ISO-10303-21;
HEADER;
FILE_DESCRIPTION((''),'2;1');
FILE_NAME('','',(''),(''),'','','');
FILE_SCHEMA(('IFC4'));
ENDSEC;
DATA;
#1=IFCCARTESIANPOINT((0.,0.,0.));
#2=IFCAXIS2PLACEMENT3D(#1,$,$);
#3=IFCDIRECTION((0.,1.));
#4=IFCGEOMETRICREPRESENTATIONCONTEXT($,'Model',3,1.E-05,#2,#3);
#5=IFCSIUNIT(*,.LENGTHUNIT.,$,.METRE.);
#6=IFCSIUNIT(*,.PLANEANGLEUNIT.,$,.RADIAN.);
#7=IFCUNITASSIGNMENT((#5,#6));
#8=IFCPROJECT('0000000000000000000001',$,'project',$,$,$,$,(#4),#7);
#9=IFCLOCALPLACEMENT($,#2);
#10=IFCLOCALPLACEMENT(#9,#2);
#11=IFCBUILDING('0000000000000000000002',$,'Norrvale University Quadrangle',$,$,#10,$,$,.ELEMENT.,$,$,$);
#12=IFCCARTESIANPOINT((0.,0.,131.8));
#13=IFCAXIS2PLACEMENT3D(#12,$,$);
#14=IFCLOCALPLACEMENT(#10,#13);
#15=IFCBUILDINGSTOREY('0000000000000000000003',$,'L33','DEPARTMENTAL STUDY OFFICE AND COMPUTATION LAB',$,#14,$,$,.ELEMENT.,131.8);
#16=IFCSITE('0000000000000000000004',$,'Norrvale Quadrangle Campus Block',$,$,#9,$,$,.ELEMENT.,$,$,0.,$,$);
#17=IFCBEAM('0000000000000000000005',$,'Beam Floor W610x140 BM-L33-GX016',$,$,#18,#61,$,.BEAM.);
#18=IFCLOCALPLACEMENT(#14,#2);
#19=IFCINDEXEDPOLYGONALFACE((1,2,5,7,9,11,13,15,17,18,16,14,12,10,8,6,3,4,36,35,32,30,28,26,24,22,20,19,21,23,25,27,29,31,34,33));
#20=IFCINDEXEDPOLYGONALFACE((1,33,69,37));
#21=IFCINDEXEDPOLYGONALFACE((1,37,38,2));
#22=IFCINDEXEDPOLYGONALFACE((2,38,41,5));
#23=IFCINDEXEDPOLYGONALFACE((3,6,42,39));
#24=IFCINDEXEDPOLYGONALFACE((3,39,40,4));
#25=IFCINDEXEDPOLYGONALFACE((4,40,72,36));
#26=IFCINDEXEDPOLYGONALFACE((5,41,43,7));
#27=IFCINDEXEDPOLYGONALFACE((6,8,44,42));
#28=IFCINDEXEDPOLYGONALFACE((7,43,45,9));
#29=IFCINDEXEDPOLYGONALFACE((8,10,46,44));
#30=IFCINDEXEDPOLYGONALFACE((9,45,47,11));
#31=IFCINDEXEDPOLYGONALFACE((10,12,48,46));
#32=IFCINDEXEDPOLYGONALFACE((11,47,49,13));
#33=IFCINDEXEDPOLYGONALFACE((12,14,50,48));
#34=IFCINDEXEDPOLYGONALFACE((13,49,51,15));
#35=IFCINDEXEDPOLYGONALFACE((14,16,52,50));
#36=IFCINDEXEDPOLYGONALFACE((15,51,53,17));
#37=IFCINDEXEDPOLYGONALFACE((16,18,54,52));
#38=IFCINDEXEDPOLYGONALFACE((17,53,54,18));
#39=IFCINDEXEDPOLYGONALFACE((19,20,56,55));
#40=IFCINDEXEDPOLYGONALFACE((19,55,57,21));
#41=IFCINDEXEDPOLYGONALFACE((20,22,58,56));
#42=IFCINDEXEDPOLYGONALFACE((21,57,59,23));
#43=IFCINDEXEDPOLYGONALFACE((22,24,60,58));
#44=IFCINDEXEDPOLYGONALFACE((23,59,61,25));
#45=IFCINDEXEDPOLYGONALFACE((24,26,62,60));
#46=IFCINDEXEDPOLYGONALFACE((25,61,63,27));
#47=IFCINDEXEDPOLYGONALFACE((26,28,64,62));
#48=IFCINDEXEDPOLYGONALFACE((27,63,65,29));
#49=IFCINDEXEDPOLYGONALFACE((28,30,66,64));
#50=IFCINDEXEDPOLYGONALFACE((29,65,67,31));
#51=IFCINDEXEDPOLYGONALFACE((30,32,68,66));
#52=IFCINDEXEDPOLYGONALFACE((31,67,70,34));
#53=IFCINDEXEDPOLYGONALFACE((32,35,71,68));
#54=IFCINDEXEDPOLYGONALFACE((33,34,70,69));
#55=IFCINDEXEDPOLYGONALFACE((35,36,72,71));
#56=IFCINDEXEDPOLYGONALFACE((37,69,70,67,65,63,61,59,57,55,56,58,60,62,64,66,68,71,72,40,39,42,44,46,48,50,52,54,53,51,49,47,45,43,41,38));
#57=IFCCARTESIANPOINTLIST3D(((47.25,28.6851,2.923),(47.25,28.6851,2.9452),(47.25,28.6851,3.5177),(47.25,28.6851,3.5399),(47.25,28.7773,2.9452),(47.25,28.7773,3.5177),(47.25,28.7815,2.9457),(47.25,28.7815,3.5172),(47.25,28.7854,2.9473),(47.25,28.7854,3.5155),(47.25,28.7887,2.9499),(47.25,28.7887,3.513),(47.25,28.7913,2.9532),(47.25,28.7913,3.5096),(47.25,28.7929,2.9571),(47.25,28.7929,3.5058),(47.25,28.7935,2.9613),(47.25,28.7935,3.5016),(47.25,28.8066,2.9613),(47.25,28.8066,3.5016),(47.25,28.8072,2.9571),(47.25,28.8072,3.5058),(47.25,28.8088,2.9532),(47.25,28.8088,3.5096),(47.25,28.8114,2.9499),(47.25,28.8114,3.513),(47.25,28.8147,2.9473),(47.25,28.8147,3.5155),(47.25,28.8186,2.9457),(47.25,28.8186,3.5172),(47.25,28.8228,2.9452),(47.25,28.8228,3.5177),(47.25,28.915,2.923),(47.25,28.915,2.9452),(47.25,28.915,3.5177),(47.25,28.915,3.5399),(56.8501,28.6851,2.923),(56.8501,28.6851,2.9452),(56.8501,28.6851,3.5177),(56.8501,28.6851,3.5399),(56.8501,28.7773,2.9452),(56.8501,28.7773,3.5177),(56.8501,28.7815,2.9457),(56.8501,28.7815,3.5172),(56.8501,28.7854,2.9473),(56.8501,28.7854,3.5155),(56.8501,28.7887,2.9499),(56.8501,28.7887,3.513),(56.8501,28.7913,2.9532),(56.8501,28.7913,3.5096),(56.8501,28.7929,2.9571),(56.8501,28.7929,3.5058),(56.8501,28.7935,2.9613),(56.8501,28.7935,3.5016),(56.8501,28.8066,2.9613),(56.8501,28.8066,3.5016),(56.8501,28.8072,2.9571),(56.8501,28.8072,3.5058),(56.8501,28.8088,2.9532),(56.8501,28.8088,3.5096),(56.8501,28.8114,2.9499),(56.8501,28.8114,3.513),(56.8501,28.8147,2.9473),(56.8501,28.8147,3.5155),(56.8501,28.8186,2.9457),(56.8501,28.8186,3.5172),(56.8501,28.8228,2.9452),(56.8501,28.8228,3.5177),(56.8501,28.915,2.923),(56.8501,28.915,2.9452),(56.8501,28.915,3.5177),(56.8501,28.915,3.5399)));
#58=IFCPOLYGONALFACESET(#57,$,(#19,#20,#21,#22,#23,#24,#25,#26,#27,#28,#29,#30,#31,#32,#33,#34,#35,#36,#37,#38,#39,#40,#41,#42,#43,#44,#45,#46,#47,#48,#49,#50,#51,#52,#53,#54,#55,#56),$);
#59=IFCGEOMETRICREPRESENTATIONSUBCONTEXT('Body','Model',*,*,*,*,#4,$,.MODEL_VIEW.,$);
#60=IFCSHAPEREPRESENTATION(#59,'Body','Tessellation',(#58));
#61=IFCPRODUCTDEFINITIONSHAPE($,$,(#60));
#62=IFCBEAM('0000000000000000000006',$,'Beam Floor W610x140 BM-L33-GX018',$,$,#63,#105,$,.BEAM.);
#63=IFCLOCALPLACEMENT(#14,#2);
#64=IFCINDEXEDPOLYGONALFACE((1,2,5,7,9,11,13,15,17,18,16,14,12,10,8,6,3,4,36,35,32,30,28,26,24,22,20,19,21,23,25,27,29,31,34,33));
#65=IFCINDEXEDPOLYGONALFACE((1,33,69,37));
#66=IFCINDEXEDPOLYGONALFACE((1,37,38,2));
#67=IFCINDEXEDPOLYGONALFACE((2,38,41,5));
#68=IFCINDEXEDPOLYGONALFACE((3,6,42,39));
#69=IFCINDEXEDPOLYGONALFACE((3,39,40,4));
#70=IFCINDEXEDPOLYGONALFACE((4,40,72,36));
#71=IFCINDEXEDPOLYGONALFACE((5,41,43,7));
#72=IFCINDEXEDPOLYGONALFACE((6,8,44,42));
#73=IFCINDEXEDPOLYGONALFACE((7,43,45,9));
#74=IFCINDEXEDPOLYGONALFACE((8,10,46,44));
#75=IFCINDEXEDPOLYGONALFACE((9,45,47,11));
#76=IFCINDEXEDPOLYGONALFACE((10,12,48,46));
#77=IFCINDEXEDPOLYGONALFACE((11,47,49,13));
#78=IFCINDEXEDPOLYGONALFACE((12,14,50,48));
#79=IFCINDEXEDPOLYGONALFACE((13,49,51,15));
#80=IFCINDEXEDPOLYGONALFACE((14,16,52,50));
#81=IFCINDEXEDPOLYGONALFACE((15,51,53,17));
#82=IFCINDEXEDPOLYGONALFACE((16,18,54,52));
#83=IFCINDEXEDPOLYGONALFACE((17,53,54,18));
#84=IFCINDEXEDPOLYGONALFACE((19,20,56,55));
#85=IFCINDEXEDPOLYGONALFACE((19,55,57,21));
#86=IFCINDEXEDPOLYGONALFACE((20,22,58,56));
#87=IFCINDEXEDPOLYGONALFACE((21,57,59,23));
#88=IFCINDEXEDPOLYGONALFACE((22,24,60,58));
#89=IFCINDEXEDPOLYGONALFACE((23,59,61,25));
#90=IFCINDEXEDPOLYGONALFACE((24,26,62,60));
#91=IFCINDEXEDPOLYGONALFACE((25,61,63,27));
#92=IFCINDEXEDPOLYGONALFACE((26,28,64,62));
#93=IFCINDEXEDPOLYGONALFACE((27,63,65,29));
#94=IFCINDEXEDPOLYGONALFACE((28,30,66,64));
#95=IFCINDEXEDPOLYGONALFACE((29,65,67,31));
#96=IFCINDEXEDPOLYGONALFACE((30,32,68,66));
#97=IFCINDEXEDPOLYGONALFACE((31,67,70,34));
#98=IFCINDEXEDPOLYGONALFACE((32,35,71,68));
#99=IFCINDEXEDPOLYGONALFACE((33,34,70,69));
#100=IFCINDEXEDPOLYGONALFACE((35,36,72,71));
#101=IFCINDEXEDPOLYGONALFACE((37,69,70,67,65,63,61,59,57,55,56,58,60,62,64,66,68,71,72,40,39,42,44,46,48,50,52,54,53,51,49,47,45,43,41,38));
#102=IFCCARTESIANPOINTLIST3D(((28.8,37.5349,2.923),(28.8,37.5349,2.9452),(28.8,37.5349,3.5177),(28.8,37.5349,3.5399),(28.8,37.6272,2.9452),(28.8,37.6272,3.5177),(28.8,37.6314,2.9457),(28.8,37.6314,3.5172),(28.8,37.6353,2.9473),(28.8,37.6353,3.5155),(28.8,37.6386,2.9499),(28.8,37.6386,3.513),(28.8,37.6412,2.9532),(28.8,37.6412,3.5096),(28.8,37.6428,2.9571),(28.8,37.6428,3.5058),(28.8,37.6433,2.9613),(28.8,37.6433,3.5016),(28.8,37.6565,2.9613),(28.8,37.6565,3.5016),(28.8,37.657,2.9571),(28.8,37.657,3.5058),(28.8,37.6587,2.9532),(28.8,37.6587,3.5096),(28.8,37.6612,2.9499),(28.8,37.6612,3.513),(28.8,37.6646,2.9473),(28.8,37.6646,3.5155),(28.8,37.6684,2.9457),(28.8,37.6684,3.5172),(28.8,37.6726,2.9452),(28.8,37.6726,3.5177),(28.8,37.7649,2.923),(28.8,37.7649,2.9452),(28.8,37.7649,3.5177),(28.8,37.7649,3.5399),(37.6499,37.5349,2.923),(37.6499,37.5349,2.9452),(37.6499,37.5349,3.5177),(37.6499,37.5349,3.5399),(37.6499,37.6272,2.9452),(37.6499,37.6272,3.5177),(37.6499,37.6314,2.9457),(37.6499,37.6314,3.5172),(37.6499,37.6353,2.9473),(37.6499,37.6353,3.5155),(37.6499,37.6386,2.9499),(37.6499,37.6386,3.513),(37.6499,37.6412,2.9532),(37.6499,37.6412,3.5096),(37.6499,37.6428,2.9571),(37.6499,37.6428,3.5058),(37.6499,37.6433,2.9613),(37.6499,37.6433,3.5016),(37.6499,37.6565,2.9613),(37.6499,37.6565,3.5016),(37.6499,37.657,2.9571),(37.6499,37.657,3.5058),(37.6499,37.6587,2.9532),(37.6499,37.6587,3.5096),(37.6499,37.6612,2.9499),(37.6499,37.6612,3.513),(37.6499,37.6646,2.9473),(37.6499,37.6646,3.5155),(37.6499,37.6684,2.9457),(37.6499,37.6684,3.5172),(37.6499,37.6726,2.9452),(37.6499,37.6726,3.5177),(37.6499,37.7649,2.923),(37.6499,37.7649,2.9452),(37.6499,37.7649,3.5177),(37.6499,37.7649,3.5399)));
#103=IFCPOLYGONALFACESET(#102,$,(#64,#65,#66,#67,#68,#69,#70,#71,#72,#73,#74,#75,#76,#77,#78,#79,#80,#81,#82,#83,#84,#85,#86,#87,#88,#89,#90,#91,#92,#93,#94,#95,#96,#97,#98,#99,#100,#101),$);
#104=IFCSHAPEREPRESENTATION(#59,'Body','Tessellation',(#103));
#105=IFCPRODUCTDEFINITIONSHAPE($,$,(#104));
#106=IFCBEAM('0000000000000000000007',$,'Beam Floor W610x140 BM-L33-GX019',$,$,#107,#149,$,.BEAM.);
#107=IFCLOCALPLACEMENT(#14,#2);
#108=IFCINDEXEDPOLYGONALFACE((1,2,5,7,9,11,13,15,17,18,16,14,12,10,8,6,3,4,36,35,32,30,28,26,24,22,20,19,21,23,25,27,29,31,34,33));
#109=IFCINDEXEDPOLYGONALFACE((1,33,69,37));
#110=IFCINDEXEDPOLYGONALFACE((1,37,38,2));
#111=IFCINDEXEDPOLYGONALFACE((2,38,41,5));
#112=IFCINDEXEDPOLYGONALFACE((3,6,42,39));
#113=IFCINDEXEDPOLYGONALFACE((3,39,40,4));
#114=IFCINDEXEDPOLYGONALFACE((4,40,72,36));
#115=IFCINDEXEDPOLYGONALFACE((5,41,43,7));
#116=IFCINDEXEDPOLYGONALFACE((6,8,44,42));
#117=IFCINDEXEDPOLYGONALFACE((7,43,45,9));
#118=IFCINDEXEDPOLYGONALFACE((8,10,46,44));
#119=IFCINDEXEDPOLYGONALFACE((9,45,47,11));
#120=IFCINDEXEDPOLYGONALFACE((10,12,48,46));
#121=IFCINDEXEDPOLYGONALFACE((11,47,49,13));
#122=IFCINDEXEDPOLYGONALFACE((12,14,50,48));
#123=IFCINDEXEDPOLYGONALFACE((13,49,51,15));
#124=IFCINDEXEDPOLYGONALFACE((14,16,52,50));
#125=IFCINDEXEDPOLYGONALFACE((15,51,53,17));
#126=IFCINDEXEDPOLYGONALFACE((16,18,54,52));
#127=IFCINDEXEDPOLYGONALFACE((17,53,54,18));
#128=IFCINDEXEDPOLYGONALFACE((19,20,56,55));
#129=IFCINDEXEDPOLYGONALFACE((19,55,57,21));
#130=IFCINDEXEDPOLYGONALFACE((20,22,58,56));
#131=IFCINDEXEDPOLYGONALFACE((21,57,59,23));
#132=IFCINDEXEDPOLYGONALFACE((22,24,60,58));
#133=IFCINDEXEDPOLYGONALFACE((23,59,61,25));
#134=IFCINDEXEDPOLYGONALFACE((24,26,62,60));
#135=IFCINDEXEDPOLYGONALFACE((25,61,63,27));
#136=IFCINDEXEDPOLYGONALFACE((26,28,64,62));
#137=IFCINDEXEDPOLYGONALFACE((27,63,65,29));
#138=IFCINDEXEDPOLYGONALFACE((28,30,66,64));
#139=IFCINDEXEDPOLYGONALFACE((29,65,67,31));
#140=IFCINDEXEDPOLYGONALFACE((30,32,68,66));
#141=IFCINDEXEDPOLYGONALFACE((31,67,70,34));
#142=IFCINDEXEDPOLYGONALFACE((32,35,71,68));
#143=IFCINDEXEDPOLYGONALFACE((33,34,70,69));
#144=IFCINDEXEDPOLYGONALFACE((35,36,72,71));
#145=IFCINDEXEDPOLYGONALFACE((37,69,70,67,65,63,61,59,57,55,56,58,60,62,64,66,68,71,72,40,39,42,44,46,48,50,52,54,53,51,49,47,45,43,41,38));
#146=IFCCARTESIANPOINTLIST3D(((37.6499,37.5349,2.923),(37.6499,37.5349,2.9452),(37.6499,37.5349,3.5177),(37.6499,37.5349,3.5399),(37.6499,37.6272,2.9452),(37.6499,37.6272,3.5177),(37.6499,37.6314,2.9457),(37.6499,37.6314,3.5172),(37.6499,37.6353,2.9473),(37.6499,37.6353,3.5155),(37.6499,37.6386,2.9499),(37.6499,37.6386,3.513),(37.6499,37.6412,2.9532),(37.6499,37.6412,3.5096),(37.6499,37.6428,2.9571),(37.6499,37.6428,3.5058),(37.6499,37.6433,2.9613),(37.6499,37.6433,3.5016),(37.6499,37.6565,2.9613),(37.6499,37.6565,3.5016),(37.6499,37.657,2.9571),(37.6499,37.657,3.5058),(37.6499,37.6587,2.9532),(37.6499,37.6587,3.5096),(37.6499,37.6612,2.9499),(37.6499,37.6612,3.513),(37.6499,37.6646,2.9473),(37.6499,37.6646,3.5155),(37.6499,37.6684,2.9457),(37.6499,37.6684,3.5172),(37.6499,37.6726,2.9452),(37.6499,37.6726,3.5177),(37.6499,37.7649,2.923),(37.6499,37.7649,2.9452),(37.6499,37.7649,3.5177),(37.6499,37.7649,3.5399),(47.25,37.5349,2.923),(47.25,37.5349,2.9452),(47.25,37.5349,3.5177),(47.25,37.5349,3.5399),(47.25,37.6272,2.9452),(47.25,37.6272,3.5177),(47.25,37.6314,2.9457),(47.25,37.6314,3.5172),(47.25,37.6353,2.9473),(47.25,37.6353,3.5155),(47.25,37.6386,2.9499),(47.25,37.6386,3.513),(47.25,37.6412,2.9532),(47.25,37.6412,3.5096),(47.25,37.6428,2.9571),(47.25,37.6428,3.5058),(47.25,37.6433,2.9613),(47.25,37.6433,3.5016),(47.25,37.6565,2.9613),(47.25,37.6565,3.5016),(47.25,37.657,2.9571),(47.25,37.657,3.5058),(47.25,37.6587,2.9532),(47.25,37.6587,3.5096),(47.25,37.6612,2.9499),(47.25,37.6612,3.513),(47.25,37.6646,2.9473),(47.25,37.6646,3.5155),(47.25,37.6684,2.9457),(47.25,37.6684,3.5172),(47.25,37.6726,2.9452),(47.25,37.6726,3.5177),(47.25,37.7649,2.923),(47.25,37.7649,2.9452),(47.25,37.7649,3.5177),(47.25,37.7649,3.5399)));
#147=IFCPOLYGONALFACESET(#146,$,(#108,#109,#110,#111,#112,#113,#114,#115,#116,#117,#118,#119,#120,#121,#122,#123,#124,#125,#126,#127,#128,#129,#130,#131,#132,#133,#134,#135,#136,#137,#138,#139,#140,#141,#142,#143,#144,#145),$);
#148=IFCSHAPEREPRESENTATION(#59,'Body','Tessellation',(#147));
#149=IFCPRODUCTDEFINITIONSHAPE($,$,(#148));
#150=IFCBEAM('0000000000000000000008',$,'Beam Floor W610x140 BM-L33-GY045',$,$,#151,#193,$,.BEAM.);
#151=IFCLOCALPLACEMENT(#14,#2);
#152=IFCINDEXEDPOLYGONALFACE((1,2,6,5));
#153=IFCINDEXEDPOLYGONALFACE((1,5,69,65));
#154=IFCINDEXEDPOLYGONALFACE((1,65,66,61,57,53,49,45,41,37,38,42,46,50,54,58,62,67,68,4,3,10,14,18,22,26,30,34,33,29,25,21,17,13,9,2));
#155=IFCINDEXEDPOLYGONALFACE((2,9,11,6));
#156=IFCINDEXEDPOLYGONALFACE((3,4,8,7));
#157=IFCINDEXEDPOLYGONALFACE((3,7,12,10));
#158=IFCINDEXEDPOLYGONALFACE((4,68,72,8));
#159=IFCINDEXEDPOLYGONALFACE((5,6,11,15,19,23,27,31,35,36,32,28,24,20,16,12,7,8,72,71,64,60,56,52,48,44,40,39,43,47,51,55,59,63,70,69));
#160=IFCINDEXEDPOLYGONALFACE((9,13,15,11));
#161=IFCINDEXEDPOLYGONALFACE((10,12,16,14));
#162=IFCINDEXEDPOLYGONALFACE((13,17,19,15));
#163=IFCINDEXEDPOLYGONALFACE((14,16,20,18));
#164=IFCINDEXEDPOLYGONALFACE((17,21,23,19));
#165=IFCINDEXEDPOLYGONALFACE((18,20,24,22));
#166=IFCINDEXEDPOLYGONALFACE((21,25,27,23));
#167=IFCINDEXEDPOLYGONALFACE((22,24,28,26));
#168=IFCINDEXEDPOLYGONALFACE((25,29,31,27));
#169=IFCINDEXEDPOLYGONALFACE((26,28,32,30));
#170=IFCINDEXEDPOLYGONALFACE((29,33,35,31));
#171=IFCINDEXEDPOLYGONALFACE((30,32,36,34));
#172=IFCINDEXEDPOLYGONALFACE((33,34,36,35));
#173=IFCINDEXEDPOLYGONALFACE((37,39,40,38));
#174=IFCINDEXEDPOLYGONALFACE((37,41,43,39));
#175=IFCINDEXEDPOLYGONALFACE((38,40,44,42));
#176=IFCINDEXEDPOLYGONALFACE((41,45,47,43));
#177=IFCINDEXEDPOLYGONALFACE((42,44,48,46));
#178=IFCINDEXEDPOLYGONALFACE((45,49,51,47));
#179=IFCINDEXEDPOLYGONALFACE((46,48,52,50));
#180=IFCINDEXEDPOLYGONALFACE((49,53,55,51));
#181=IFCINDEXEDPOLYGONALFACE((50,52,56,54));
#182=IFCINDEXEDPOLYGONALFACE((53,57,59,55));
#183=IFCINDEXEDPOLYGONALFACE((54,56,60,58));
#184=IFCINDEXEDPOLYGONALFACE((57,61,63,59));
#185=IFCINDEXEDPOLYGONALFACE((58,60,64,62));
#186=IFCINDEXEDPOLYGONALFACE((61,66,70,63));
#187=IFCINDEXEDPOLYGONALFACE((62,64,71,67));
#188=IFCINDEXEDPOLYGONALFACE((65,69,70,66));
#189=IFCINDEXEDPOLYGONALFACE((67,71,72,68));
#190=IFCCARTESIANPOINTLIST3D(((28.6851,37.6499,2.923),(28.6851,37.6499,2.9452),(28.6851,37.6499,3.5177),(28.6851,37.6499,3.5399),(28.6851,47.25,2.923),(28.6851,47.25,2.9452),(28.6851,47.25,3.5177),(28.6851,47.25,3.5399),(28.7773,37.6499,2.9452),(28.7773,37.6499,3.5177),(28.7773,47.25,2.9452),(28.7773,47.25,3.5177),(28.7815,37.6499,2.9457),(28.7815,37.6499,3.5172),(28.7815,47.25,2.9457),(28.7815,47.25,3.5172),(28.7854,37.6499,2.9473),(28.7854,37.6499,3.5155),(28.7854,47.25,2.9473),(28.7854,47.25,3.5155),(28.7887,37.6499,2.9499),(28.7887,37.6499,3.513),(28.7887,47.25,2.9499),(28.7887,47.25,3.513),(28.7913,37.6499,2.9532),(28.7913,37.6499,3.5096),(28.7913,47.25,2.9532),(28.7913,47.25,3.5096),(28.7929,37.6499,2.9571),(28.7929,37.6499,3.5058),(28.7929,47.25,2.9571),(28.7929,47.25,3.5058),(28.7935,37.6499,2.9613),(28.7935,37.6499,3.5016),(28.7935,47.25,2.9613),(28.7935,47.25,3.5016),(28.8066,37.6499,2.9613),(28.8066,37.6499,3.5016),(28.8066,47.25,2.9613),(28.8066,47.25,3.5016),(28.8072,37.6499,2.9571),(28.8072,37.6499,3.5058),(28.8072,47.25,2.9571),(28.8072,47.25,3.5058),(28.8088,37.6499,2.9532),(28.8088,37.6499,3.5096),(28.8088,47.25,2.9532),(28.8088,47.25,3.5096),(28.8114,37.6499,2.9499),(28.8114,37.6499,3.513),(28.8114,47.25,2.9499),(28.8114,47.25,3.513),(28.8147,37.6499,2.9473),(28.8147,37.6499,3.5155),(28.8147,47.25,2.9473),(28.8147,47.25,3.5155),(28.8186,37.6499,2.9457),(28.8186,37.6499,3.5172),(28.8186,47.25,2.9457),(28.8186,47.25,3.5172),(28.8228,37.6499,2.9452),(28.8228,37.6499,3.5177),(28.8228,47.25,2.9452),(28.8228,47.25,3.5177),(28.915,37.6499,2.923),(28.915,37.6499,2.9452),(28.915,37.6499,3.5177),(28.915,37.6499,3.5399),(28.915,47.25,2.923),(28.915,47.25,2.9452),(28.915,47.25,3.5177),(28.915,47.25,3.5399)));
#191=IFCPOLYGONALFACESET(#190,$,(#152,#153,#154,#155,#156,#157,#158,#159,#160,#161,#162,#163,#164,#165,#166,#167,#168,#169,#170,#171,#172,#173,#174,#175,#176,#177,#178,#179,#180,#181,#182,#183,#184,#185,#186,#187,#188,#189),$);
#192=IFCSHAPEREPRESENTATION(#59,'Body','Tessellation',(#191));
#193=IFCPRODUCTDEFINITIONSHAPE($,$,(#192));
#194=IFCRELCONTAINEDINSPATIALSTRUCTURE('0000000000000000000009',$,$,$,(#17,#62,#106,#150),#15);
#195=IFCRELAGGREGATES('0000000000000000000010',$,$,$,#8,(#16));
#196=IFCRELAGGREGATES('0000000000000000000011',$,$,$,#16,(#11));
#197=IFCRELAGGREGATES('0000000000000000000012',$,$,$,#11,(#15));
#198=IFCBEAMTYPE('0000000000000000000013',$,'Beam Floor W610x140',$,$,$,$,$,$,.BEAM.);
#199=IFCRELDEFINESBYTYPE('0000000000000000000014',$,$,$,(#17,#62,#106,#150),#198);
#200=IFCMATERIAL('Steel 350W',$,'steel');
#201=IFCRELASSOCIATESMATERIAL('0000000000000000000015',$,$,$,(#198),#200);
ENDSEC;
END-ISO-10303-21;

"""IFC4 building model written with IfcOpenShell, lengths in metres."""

from ifc_helpers import new_model, si_unit, direction, frame, origin, origin_2d, place, context, subcontext, project, spatial, i_section, extrude, material, material_profile, profile_set, type_object, element, save


model = new_model("IFC4")

# Units and contexts
model_context = context("Model", 3, precision=1e-05, world=origin(), true_north=direction((0.0, 1.0)))
body_context = subcontext(model_context, "Body", "Model", "MODEL_VIEW")
ifc_project = project(units=[si_unit("LENGTHUNIT", "METRE"), si_unit("PLANEANGLEUNIT", "RADIAN")], contexts=[model_context])

# Site, building, storey
site_placement = place(None, origin())
site = spatial("IfcSite", under=ifc_project, at=site_placement, Name="Norrvale Quadrangle Campus Block", CompositionType="ELEMENT", RefElevation=0.0)
building_placement = place(site_placement, origin())
building = spatial("IfcBuilding", under=site, at=building_placement, Name="Norrvale University Quadrangle", CompositionType="ELEMENT")
storey_placement = place(building_placement, frame((0.0, 0.0, 131.8)))
storey = spatial("IfcBuildingStorey", under=building, at=storey_placement, Name="L33", Description="DEPARTMENTAL STUDY OFFICE AND COMPUTATION LAB", CompositionType="ELEMENT", Elevation=131.8)

# Beams
ifc_material_1 = material(Name="Steel 350W", Category="steel")
ifc_material_profile_1 = material_profile(ifc_material_1, i_section(OverallWidth=0.23, OverallDepth=0.6169, WebThickness=0.0132, FlangeThickness=0.0222, FilletRadius=0.0161, at=origin_2d()), Name="Steel 350W")
ifc_profile_set_1 = profile_set([ifc_material_profile_1], Name="Steel 350W")
beam_type_1 = type_object("IfcBeamType", Name="Beam Floor W610x140", PredefinedType="BEAM", material=ifc_profile_set_1)
for number, where, z_axis, x_axis, name in (
    (1, (47.25, 28.8, 3.2314), (1.0, 0.0, 0.0), (0.0, 1.0, 0.0), "Beam Floor W610x140 BM-L33-GX016"),
):
    element("IfcBeam", number, at=place(storey_placement, frame(where, z_axis=z_axis, x_axis=x_axis)), inside=storey, type_object=beam_type_1, Name=name, PredefinedType="BEAM", context=body_context, shape_type="SweptSolid", body=[
        extrude(i_section(OverallWidth=0.23, OverallDepth=0.6169, WebThickness=0.0132, FlangeThickness=0.0222, FilletRadius=0.0161, at=origin_2d()), origin(), (0.0, 0.0, 1.0), 9.6001),
    ])
beam_1_placement = place(storey_placement, frame((28.8, 37.6499, 3.2314), z_axis=(1.0, 0.0, 0.0), x_axis=(0.0, 1.0, 0.0)))
element("IfcBeam", 2, at=beam_1_placement, inside=storey, type_object=beam_type_1, Name="Beam Floor W610x140 BM-L33-GX018", PredefinedType="BEAM", context=body_context, shape_type="SweptSolid", body=[
    extrude(i_section(OverallWidth=0.23, OverallDepth=0.6169, WebThickness=0.0132, FlangeThickness=0.0222, FilletRadius=0.0161, at=origin_2d()), origin(), (0.0, 0.0, 1.0), 8.8499),
])
for number, where, z_axis, x_axis, name in (
    (3, (37.6499, 37.6499, 3.2314), (1.0, 0.0, 0.0), (0.0, 1.0, 0.0), "Beam Floor W610x140 BM-L33-GX019"),
    (4, (28.8, 37.6499, 3.2314), (0.0, 1.0, 0.0), (-1.0, 0.0, 0.0), "Beam Floor W610x140 BM-L33-GY045"),
):
    element("IfcBeam", number, at=place(storey_placement, frame(where, z_axis=z_axis, x_axis=x_axis)), inside=storey, type_object=beam_type_1, Name=name, PredefinedType="BEAM", context=body_context, shape_type="SweptSolid", body=[
        extrude(i_section(OverallWidth=0.23, OverallDepth=0.6169, WebThickness=0.0132, FlangeThickness=0.0222, FilletRadius=0.0161, at=origin_2d()), origin(), (0.0, 0.0, 1.0), 9.6001),
    ])

save(model, "model.ifc")
